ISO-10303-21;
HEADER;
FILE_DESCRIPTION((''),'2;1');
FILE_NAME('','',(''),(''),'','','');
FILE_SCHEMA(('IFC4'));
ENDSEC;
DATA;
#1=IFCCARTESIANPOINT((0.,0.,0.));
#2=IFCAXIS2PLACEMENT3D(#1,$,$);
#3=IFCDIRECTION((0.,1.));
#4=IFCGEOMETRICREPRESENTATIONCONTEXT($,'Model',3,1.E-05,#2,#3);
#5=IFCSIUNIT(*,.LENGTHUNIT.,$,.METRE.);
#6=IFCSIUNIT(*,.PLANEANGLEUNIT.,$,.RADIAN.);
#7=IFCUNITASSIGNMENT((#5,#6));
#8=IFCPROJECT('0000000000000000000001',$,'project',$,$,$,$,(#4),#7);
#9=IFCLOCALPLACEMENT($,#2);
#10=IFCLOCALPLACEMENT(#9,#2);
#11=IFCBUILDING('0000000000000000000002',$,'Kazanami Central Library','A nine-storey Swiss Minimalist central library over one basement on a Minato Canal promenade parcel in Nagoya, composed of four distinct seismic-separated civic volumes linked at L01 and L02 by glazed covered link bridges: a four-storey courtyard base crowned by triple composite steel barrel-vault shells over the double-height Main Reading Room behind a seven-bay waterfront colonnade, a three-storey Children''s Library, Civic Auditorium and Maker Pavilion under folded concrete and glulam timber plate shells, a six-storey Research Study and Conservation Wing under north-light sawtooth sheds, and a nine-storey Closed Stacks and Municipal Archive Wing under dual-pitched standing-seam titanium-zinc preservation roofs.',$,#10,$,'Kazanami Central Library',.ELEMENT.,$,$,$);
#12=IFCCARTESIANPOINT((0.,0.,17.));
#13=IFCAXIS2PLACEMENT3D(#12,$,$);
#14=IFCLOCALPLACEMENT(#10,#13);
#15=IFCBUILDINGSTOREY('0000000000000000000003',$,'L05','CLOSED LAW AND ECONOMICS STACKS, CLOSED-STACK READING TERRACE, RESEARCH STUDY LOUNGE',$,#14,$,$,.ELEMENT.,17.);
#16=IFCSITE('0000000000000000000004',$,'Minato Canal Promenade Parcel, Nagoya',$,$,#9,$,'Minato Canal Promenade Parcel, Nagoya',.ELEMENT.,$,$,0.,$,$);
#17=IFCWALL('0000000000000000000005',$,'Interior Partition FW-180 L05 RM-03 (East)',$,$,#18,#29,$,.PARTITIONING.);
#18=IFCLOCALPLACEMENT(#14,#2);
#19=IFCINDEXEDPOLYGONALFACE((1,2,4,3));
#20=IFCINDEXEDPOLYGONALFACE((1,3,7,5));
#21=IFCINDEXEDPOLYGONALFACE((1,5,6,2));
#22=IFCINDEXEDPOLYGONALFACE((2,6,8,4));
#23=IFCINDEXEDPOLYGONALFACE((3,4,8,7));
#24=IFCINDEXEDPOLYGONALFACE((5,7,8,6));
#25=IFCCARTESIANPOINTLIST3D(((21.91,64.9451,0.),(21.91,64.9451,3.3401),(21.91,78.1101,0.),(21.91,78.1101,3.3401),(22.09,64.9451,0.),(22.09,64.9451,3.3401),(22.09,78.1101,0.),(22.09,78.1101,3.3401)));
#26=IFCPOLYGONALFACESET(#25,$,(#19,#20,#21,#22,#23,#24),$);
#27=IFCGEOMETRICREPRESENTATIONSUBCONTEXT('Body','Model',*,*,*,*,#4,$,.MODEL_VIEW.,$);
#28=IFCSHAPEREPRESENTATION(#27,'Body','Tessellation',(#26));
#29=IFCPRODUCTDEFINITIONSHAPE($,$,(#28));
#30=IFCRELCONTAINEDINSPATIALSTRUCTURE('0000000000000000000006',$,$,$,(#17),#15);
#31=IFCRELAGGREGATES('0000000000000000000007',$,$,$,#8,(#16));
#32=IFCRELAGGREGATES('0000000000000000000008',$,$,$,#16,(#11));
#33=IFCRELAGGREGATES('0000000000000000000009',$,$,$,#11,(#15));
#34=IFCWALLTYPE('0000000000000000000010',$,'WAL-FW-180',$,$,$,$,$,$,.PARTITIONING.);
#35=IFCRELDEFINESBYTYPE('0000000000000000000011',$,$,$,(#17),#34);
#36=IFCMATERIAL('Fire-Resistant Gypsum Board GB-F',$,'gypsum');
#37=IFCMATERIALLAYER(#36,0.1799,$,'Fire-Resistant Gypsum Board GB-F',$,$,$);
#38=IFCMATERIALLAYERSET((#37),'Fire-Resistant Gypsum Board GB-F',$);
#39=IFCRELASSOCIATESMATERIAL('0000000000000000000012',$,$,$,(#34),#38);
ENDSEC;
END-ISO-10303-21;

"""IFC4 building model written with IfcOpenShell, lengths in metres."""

from ifc_helpers import new_model, si_unit, direction, frame, frame_2d, origin, place, context, subcontext, project, spatial, rectangle, extrude, material, layer, layer_set, type_object, element, save


model = new_model("IFC4")

# Units and contexts
model_context = context("Model", 3, precision=1e-05, world=origin(), true_north=direction((0.0, 1.0)))
body_context = subcontext(model_context, "Body", "Model", "MODEL_VIEW")
ifc_project = project(units=[si_unit("LENGTHUNIT", "METRE"), si_unit("PLANEANGLEUNIT", "RADIAN")], contexts=[model_context])

# Site, building, storey
site_placement = place(None, origin())
site = spatial("IfcSite", under=ifc_project, at=site_placement, Name="Minato Canal Promenade Parcel, Nagoya", LongName="Minato Canal Promenade Parcel, Nagoya", CompositionType="ELEMENT", RefElevation=0.0)
building_placement = place(site_placement, origin())
building = spatial("IfcBuilding", under=site, at=building_placement, Name="Kazanami Central Library", Description="A nine-storey Swiss Minimalist central library over one basement on a Minato Canal promenade parcel in Nagoya, composed of four distinct seismic-separated civic volumes linked at L01 and L02 by glazed covered link bridges: a four-storey courtyard base crowned by triple composite steel barrel-vault shells over the double-height Main Reading Room behind a seven-bay waterfront colonnade, a three-storey Children's Library, Civic Auditorium and Maker Pavilion under folded concrete and glulam timber plate shells, a six-storey Research Study and Conservation Wing under north-light sawtooth sheds, and a nine-storey Closed Stacks and Municipal Archive Wing under dual-pitched standing-seam titanium-zinc preservation roofs.", LongName="Kazanami Central Library", CompositionType="ELEMENT")
storey_placement = place(building_placement, frame((0.0, 0.0, 17.0)))
storey = spatial("IfcBuildingStorey", under=building, at=storey_placement, Name="L05", Description="CLOSED LAW AND ECONOMICS STACKS, CLOSED-STACK READING TERRACE, RESEARCH STUDY LOUNGE", CompositionType="ELEMENT", Elevation=17.0)

# Wall
ifc_material_1 = material(Name="Fire-Resistant Gypsum Board GB-F", Category="gypsum")
ifc_layer_1 = layer(ifc_material_1, 0.1799, Name="Fire-Resistant Gypsum Board GB-F")
ifc_layer_set_1 = layer_set([ifc_layer_1], Name="Fire-Resistant Gypsum Board GB-F")
wall_type_1 = type_object("IfcWallType", Name="WAL-FW-180", PredefinedType="PARTITIONING", material=ifc_layer_set_1)
wall_1_placement = place(storey_placement, frame((22.0, 64.9451, 0.0), z_axis=(0.0, 0.0, 1.0), x_axis=(0.0, 1.0, 0.0)))
element("IfcWall", 1, at=wall_1_placement, inside=storey, type_object=wall_type_1, Name="Interior Partition FW-180 L05 RM-03 (East)", PredefinedType="PARTITIONING", context=body_context, shape_type="SweptSolid", body=[
    extrude(rectangle(XDim=13.165, YDim=0.1799, at=frame_2d((6.5825, 0.0))), origin(), (0.0, 0.0, 1.0), 3.3401),
])

save(model, "model.ifc")
